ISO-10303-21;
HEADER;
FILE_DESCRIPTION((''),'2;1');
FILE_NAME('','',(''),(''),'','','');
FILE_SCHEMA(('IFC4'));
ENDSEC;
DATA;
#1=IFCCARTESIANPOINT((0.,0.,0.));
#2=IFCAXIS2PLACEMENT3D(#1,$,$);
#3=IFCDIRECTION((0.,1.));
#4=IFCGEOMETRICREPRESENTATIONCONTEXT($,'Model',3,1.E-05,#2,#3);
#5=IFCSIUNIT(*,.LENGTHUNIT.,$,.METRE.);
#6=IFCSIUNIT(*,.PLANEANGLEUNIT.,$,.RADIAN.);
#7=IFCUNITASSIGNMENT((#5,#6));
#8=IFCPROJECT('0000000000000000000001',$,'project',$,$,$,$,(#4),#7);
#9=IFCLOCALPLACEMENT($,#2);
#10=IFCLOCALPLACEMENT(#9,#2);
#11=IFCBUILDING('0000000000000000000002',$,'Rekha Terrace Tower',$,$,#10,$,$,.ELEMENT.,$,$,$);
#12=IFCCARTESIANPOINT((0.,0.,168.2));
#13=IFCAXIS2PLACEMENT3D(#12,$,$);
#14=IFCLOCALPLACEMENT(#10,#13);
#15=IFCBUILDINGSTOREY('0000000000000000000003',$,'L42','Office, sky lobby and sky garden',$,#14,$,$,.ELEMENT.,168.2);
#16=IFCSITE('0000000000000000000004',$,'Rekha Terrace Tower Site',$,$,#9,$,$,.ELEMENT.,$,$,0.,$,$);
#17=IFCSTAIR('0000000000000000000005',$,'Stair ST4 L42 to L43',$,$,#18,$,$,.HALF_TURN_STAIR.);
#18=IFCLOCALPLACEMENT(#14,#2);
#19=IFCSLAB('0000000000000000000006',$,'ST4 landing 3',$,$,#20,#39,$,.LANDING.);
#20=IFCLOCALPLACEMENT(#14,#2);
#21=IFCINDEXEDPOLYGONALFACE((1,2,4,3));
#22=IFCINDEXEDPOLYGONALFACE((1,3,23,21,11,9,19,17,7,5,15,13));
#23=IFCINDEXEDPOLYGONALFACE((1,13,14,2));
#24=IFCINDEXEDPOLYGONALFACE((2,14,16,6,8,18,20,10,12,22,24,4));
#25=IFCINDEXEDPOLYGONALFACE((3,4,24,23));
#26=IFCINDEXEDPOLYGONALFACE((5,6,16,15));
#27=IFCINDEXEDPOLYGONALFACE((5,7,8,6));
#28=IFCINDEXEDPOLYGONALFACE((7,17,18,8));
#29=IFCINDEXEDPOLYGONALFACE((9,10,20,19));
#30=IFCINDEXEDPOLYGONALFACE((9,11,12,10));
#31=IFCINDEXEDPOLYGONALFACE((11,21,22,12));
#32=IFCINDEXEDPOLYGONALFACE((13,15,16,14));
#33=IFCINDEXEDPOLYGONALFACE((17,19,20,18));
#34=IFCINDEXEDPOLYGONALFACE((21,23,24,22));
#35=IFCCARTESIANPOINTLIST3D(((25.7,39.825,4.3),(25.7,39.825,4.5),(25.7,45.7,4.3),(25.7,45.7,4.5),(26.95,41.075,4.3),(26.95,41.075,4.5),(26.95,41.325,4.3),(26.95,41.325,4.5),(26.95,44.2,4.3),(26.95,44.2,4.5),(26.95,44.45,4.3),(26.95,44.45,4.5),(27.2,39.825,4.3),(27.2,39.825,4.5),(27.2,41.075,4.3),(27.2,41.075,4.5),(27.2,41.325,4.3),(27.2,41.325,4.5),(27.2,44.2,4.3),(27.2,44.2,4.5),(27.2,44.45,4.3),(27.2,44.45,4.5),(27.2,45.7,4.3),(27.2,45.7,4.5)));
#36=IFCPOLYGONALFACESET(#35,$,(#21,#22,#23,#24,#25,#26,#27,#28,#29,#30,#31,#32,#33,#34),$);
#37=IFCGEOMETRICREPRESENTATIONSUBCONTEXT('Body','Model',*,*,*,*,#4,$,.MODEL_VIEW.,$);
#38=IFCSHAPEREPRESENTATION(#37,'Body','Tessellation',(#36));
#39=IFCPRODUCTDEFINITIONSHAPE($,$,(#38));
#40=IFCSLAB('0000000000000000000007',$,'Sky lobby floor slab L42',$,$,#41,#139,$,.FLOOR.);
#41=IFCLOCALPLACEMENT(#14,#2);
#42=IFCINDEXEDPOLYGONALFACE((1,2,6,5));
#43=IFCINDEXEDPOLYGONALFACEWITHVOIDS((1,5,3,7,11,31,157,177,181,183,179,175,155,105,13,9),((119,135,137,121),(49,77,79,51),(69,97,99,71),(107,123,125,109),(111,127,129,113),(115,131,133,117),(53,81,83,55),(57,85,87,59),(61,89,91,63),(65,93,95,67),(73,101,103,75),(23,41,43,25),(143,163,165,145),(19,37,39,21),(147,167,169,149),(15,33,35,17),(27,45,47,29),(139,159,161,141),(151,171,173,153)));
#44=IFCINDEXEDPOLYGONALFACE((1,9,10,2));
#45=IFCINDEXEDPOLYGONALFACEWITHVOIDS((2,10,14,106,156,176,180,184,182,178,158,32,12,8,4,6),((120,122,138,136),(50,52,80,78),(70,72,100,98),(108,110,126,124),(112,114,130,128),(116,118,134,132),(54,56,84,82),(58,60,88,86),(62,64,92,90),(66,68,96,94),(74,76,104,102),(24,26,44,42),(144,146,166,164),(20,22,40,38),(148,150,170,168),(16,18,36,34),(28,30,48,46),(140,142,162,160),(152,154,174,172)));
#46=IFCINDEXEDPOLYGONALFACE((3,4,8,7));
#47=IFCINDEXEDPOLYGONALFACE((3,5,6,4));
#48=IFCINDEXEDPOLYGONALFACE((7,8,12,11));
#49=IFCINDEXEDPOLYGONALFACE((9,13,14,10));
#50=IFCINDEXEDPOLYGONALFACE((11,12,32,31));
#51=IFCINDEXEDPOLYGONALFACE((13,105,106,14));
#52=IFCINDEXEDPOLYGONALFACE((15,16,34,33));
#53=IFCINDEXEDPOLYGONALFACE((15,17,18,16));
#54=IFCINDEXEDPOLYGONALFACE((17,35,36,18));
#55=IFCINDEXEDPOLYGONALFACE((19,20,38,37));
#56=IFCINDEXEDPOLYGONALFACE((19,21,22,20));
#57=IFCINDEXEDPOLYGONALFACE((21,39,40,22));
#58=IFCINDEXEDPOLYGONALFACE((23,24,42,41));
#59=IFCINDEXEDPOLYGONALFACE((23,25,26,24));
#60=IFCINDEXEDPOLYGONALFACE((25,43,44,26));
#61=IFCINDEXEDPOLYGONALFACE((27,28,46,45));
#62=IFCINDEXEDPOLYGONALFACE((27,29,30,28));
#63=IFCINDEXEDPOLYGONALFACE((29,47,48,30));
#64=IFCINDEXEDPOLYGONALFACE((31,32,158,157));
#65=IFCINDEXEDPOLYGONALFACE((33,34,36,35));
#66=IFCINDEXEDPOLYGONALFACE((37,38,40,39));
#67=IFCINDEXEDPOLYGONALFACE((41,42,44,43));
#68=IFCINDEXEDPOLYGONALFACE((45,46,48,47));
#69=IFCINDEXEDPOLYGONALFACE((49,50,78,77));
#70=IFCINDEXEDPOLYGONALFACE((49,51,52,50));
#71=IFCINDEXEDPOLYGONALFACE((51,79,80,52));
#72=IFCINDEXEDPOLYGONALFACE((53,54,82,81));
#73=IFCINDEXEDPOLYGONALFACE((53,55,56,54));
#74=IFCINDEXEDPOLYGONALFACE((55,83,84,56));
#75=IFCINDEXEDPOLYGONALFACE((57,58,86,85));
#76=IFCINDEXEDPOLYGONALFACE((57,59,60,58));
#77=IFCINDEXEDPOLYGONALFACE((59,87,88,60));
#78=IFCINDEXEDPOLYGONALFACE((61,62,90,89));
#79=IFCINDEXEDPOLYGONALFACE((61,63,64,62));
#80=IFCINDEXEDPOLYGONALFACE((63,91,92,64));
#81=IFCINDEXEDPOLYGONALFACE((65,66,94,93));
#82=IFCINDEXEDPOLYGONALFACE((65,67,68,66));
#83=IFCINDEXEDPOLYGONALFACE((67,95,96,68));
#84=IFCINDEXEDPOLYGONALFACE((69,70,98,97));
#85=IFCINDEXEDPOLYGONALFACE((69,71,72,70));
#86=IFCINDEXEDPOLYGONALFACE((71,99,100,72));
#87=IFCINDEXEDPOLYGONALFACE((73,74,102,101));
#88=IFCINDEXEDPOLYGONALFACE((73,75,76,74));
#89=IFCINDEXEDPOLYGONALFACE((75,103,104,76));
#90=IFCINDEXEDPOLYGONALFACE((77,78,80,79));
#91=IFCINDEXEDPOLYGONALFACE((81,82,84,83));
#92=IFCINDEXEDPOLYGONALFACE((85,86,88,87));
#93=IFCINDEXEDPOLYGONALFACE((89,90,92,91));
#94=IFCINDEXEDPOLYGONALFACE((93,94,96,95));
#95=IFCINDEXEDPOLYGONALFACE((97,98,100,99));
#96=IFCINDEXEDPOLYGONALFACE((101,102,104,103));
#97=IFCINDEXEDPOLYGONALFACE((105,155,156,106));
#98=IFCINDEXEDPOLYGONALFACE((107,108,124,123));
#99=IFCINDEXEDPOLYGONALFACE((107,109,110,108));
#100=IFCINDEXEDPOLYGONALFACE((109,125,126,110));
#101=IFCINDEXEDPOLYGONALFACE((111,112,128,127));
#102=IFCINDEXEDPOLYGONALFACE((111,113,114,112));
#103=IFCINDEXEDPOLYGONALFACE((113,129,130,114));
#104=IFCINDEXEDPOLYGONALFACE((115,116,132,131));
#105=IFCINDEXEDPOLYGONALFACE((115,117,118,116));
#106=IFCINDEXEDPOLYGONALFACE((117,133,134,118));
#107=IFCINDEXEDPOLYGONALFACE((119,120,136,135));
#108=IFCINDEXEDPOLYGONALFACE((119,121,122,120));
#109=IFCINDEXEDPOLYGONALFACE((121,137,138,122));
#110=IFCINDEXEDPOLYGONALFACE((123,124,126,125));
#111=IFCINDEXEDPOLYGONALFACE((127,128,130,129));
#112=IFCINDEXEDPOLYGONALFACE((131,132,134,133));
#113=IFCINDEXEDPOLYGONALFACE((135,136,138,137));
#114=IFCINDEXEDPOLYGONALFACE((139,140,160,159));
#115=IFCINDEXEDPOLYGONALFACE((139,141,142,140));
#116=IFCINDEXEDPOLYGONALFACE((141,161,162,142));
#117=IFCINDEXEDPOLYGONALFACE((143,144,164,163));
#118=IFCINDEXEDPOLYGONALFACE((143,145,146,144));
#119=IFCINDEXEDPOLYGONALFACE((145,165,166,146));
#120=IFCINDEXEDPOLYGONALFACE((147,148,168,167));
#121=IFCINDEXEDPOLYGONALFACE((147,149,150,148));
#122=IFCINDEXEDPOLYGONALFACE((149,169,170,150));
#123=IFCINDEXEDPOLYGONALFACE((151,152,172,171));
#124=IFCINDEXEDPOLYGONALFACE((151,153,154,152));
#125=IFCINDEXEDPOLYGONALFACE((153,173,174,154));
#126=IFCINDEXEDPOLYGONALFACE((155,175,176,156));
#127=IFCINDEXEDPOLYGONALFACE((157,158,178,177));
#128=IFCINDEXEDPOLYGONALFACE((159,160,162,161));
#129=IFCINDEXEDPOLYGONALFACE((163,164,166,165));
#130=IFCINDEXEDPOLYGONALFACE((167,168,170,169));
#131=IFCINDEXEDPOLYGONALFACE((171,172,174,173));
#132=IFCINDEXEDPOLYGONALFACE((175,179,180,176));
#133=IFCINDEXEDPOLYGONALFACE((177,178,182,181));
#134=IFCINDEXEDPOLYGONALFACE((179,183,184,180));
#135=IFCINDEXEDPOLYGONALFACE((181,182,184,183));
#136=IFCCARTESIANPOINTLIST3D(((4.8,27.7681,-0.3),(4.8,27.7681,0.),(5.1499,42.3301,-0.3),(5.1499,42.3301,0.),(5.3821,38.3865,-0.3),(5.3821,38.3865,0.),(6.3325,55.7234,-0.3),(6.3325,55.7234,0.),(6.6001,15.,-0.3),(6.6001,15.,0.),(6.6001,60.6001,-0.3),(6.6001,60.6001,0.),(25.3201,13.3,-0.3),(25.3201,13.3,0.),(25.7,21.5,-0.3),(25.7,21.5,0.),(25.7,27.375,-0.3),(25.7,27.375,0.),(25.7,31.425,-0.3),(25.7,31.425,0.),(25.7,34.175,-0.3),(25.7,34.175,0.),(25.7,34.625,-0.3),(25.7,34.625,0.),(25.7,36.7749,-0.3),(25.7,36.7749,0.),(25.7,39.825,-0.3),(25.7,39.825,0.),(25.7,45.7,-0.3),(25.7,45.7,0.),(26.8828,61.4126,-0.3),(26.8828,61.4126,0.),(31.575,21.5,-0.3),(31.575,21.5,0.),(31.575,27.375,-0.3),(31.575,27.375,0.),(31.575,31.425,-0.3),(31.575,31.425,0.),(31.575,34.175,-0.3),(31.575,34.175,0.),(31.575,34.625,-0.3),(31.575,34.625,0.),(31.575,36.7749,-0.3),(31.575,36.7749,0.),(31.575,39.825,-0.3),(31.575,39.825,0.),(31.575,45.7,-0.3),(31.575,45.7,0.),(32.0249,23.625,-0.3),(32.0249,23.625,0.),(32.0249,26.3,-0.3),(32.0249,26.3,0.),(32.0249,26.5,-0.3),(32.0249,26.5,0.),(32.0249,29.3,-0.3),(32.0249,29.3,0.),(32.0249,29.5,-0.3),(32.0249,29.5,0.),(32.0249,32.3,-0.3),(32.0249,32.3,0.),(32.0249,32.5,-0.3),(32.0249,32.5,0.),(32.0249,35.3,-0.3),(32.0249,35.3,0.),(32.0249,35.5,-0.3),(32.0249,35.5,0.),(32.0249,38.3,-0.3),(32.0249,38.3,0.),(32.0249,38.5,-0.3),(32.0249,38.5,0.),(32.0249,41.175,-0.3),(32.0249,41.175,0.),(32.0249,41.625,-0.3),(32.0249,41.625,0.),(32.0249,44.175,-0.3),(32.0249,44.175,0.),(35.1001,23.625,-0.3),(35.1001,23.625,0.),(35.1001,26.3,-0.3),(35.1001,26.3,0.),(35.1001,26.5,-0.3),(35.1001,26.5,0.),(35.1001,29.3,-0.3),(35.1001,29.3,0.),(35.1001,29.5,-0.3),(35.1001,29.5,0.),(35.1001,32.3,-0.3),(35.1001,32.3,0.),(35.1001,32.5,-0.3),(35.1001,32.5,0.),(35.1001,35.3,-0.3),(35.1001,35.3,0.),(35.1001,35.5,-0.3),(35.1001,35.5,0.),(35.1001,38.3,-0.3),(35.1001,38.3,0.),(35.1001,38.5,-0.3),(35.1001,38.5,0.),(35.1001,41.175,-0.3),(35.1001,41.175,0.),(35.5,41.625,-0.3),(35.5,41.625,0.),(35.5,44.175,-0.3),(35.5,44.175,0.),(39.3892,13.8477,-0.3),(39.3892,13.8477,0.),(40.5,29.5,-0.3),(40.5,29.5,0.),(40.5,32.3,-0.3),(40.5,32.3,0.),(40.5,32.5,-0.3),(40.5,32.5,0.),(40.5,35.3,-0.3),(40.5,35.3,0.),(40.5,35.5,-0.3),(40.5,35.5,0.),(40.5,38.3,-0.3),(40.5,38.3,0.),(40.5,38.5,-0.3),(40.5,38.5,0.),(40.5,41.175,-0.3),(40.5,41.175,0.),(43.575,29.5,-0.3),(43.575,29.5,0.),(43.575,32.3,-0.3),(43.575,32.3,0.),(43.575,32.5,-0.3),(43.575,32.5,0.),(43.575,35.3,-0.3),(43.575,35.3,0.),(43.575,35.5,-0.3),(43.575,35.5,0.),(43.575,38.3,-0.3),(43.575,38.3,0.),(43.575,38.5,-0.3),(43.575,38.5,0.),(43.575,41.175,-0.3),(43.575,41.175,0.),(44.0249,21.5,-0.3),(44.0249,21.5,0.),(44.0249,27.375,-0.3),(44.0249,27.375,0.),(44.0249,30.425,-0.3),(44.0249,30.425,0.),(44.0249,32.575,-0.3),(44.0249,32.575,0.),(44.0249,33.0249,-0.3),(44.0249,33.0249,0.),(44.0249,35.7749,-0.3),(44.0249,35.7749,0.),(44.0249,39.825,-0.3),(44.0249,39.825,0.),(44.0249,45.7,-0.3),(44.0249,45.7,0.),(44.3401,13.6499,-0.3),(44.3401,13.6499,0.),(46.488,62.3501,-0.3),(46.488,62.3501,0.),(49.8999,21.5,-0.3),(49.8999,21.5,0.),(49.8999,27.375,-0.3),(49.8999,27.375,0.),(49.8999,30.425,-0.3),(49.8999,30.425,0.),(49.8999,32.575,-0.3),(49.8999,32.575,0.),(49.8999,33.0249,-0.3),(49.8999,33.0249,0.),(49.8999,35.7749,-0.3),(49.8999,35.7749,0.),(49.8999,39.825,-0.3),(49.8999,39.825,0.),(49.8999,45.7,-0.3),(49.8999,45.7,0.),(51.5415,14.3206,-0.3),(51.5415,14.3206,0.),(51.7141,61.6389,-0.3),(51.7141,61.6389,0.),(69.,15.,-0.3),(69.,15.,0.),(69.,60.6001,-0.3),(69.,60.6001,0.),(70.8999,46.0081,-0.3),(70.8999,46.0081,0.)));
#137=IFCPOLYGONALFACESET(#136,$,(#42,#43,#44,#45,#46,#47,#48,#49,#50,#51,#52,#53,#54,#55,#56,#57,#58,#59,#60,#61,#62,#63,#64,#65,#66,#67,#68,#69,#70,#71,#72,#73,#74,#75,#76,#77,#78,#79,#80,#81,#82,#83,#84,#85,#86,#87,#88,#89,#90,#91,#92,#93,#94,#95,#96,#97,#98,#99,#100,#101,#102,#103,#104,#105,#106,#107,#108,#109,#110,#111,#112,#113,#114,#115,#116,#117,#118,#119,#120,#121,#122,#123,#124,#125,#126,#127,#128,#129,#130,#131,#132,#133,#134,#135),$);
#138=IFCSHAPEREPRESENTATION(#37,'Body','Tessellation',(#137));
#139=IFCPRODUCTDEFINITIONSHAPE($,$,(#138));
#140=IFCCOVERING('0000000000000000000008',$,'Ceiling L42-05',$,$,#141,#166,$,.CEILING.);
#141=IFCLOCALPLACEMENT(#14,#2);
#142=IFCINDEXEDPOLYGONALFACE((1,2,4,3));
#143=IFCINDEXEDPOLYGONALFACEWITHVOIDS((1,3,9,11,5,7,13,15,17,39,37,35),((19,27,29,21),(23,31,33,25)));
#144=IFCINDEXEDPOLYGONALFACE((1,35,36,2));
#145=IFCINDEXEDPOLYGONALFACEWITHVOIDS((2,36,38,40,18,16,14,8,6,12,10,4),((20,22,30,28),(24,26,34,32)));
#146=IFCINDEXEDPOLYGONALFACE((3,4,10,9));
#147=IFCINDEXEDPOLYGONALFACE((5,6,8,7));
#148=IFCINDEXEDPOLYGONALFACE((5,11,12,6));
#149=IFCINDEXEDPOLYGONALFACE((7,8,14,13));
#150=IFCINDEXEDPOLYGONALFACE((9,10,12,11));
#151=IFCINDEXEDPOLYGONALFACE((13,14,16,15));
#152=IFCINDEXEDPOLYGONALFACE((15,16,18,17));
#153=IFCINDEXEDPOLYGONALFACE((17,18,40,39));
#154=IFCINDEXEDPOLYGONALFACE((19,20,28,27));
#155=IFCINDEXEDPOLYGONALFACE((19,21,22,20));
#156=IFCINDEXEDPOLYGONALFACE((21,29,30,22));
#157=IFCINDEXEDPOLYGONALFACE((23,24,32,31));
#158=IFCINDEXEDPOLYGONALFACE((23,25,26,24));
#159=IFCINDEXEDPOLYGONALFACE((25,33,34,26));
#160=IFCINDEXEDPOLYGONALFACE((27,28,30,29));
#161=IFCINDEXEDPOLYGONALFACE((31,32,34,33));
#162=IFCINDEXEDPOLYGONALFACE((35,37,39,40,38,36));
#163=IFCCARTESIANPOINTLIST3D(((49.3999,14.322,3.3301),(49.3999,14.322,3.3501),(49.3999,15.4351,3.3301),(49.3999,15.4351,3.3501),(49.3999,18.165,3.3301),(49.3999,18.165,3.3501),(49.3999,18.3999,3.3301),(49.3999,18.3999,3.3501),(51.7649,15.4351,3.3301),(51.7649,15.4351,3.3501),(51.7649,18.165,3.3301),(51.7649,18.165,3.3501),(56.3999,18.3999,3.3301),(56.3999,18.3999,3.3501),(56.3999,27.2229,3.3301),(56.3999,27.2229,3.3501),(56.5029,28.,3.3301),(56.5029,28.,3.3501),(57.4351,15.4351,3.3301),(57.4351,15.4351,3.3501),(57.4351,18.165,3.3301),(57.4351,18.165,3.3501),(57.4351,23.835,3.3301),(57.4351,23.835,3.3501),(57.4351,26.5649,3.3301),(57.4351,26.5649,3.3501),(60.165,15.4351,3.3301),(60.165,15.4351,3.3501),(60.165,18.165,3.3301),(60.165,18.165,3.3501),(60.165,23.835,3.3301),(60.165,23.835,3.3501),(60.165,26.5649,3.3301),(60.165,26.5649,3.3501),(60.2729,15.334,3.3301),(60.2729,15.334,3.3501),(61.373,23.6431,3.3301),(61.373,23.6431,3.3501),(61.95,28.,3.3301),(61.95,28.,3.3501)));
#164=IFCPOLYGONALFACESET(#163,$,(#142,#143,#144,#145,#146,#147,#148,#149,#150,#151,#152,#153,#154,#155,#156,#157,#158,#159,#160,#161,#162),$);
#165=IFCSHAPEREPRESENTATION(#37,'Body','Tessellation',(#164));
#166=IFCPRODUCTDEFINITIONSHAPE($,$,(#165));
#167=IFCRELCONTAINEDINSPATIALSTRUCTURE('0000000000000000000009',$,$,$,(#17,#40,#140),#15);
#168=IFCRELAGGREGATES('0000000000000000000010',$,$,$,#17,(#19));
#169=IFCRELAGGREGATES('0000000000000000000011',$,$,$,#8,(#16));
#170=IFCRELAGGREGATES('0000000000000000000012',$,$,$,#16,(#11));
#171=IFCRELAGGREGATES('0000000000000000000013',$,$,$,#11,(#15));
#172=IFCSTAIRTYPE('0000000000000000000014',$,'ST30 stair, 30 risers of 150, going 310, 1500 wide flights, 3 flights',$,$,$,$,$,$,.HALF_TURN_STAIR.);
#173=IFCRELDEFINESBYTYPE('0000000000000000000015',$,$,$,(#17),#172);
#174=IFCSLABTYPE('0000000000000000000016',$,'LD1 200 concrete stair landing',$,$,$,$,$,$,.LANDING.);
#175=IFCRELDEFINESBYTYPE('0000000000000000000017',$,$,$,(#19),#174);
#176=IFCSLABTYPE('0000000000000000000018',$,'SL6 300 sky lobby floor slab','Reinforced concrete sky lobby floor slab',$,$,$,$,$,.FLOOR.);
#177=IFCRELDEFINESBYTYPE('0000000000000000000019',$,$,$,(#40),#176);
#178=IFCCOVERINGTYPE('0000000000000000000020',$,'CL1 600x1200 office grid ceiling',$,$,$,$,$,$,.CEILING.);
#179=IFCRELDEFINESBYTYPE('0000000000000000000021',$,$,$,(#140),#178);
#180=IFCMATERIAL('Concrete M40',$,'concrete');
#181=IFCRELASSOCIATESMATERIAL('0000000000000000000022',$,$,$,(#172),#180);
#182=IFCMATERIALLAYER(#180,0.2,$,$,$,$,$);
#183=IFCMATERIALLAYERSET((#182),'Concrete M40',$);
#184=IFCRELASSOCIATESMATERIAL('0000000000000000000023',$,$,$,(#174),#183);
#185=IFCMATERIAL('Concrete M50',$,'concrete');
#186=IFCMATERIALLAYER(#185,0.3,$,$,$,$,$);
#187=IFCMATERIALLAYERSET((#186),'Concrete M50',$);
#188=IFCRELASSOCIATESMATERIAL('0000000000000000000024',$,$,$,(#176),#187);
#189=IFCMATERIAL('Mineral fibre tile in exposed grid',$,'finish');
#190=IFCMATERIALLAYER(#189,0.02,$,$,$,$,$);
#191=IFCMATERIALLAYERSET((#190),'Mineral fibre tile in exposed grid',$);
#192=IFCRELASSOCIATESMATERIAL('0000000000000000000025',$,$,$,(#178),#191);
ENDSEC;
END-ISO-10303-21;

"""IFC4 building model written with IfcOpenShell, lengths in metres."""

from ifc_helpers import new_model, si_unit, direction, frame, origin, place, context, subcontext, project, spatial, polyline, outline, extrude, material, layer, layer_set, type_object, element, aggregate, save


model = new_model("IFC4")

# Units and contexts
model_context = context("Model", 3, precision=1e-05, world=origin(), true_north=direction((0.0, 1.0)))
body_context = subcontext(model_context, "Body", "Model", "MODEL_VIEW")
ifc_project = project(units=[si_unit("LENGTHUNIT", "METRE"), si_unit("PLANEANGLEUNIT", "RADIAN")], contexts=[model_context])

# Site, building, storey
site_placement = place(None, origin())
site = spatial("IfcSite", under=ifc_project, at=site_placement, Name="Rekha Terrace Tower Site", CompositionType="ELEMENT", RefElevation=0.0)
building_placement = place(site_placement, origin())
building = spatial("IfcBuilding", under=site, at=building_placement, Name="Rekha Terrace Tower", CompositionType="ELEMENT")
storey_placement = place(building_placement, frame((0.0, 0.0, 168.2)))
storey = spatial("IfcBuildingStorey", under=building, at=storey_placement, Name="L42", Description="Office, sky lobby and sky garden", CompositionType="ELEMENT", Elevation=168.2)

# Stair, slab
ifc_material_1 = material(Name="Concrete M40", Category="concrete")
stair_type = type_object("IfcStairType", Name="ST30 stair, 30 risers of 150, going 310, 1500 wide flights, 3 flights", PredefinedType="HALF_TURN_STAIR", material=ifc_material_1)
ifc_layer_1 = layer(ifc_material_1, 0.2)
ifc_layer_set_1 = layer_set([ifc_layer_1], Name="Concrete M40")
slab_type_1 = type_object("IfcSlabType", Name="LD1 200 concrete stair landing", PredefinedType="LANDING", material=ifc_layer_set_1)
stair_1_placement = place(storey_placement, origin())
stair_1 = element("IfcStair", 1, at=stair_1_placement, inside=storey, type_object=stair_type, Name="Stair ST4 L42 to L43", PredefinedType="HALF_TURN_STAIR")
slab_1_placement = place(storey_placement, frame((0.0, 0.0, 4.3)))
slab_1 = element("IfcSlab", 2, at=slab_1_placement, type_object=slab_type_1, Name="ST4 landing 3", PredefinedType="LANDING", context=body_context, shape_type="SweptSolid", body=[
    extrude(outline(polyline([(27.2, 39.825), (25.7, 39.825), (25.7, 45.7), (27.2, 45.7), (27.2, 44.45), (26.95, 44.45), (26.95, 44.2), (27.2, 44.2), (27.2, 41.325), (26.95, 41.325), (26.95, 41.075), (27.2, 41.075), (27.2, 39.825)])), origin(), (0.0, 0.0, 1.0), 0.2),
])
aggregate(stair_1, [slab_1])

# Slab
ifc_material_2 = material(Name="Concrete M50", Category="concrete")
ifc_layer_2 = layer(ifc_material_2, 0.3)
ifc_layer_set_2 = layer_set([ifc_layer_2], Name="Concrete M50")
slab_type_2 = type_object("IfcSlabType", Name="SL6 300 sky lobby floor slab", Description="Reinforced concrete sky lobby floor slab", PredefinedType="FLOOR", material=ifc_layer_set_2)
slab_2_placement = place(storey_placement, frame((0.0, 0.0, -0.3)))
element("IfcSlab", 3, at=slab_2_placement, inside=storey, type_object=slab_type_2, Name="Sky lobby floor slab L42", PredefinedType="FLOOR", context=body_context, shape_type="SweptSolid", body=[
    extrude(outline(polyline([(4.8, 27.7681), (4.8, 27.7681), (4.8, 27.7681), (4.8, 27.7681), (4.8, 27.7681), (4.8, 27.7681), (6.6001, 15.0), (6.6001, 15.0), (6.6001, 15.0), (6.6001, 15.0), (6.6001, 15.0), (6.6001, 15.0), (6.6001, 15.0), (25.3201, 13.3), (25.3201, 13.3), (25.3201, 13.3), (25.3201, 13.3), (25.3201, 13.3), (25.3201, 13.3), (25.3201, 13.3), (25.3201, 13.3), (39.3892, 13.8477), (39.3892, 13.8477), (39.3892, 13.8477), (39.3892, 13.8477), (39.3892, 13.8477), (39.3892, 13.8477), (39.3892, 13.8477), (39.3892, 13.8477), (44.3401, 13.6499), (44.3401, 13.6499), (44.3401, 13.6499), (44.3401, 13.6499), (44.3401, 13.6499), (44.3401, 13.6499), (44.3401, 13.6499), (44.3401, 13.6499), (51.5415, 14.3206), (51.5415, 14.3206), (69.0, 15.0), (69.0, 15.0), (69.0, 15.0), (70.8999, 46.0081), (70.8999, 46.0081), (70.8999, 46.0081), (69.0, 60.6001), (69.0, 60.6001), (69.0, 60.6001), (51.7141, 61.6389), (51.7141, 61.6389), (46.488, 62.3501), (46.488, 62.3501), (46.488, 62.3501), (46.488, 62.3501), (46.488, 62.3501), (46.488, 62.3501), (26.8828, 61.4126), (26.8828, 61.4126), (6.6001, 60.6001), (6.6001, 60.6001), (6.6001, 60.6001), (6.6001, 60.6001), (6.6001, 60.6001), (6.3325, 55.7234), (6.3325, 55.7234), (6.3325, 55.7234), (6.3325, 55.7234), (5.1499, 42.3301), (5.1499, 42.3301), (5.1499, 42.3301), (5.1499, 42.3301), (5.1499, 42.3301), (5.1499, 42.3301), (5.1499, 42.3301), (5.1499, 42.3301), (5.3821, 38.3865), (5.3821, 38.3865), (5.3821, 38.3865), (5.3821, 38.3865), (5.3821, 38.3865), (5.3821, 38.3865), (5.3821, 38.3865), (5.3821, 38.3865), (4.8, 27.7681)]), holes=[polyline([(31.575, 27.375), (31.575, 21.5), (25.7, 21.5), (25.7, 27.375), (31.575, 27.375)]), polyline([(35.1001, 26.3), (35.1001, 23.625), (32.0249, 23.625), (32.0249, 26.3), (35.1001, 26.3)]), polyline([(35.1001, 29.3), (35.1001, 26.5), (32.0249, 26.5), (32.0249, 29.3), (35.1001, 29.3)]), polyline([(35.1001, 32.3), (35.1001, 29.5), (32.0249, 29.5), (32.0249, 32.3), (35.1001, 32.3)]), polyline([(31.575, 34.175), (31.575, 31.425), (25.7, 31.425), (25.7, 34.175), (31.575, 34.175)]), polyline([(35.1001, 35.3), (35.1001, 32.5), (32.0249, 32.5), (32.0249, 35.3), (35.1001, 35.3)]), polyline([(31.575, 36.7749), (31.575, 34.625), (25.7, 34.625), (25.7, 36.7749), (31.575, 36.7749)]), polyline([(35.1001, 35.5), (32.0249, 35.5), (32.0249, 38.3), (35.1001, 38.3), (35.1001, 35.5)]), polyline([(35.1001, 38.5), (32.0249, 38.5), (32.0249, 41.175), (35.1001, 41.175), (35.1001, 38.5)]), polyline([(31.575, 45.7), (31.575, 39.825), (25.7, 39.825), (25.7, 45.7), (31.575, 45.7)]), polyline([(49.8999, 27.375), (49.8999, 21.5), (44.0249, 21.5), (44.0249, 27.375), (49.8999, 27.375)]), polyline([(43.575, 32.3), (43.575, 29.5), (40.5, 29.5), (40.5, 32.3), (43.575, 32.3)]), polyline([(49.8999, 30.425), (44.0249, 30.425), (44.0249, 32.575), (49.8999, 32.575), (49.8999, 30.425)]), polyline([(43.575, 32.5), (40.5, 32.5), (40.5, 35.3), (43.575, 35.3), (43.575, 32.5)]), polyline([(49.8999, 35.7749), (49.8999, 33.0249), (44.0249, 33.0249), (44.0249, 35.7749), (49.8999, 35.7749)]), polyline([(43.575, 38.3), (43.575, 35.5), (40.5, 35.5), (40.5, 38.3), (43.575, 38.3)]), polyline([(43.575, 41.175), (43.575, 38.5), (40.5, 38.5), (40.5, 41.175), (43.575, 41.175)]), polyline([(49.8999, 39.825), (44.0249, 39.825), (44.0249, 45.7), (49.8999, 45.7), (49.8999, 39.825)]), polyline([(35.5, 41.625), (32.0249, 41.625), (32.0249, 44.175), (35.5, 44.175), (35.5, 41.625)])]), origin(), (0.0, 0.0, 1.0), 0.3),
])

# Covering
ifc_material_3 = material(Name="Mineral fibre tile in exposed grid", Category="finish")
ifc_layer_3 = layer(ifc_material_3, 0.02)
ifc_layer_set_3 = layer_set([ifc_layer_3], Name="Mineral fibre tile in exposed grid")
covering_type_1 = type_object("IfcCoveringType", Name="CL1 600x1200 office grid ceiling", PredefinedType="CEILING", material=ifc_layer_set_3)
covering_1_placement = place(storey_placement, frame((0.0, 0.0, 3.3301)))
element("IfcCovering", 4, at=covering_1_placement, inside=storey, type_object=covering_type_1, Name="Ceiling L42-05", PredefinedType="CEILING", context=body_context, shape_type="SweptSolid", body=[
    extrude(outline(polyline([(56.5029, 28.0), (56.3999, 27.2229), (56.3999, 18.3999), (49.3999, 18.3999), (49.3999, 18.165), (51.7649, 18.165), (51.7649, 15.4351), (49.3999, 15.4351), (49.3999, 14.322), (60.2729, 15.334), (61.373, 23.6431), (61.95, 28.0), (56.5029, 28.0)]), holes=[polyline([(60.165, 15.4351), (57.4351, 15.4351), (57.4351, 18.165), (60.165, 18.165), (60.165, 15.4351)]), polyline([(60.165, 23.835), (57.4351, 23.835), (57.4351, 26.5649), (60.165, 26.5649), (60.165, 23.835)])]), origin(), (0.0, 0.0, 1.0), 0.02),
])

save(model, "model.ifc")
